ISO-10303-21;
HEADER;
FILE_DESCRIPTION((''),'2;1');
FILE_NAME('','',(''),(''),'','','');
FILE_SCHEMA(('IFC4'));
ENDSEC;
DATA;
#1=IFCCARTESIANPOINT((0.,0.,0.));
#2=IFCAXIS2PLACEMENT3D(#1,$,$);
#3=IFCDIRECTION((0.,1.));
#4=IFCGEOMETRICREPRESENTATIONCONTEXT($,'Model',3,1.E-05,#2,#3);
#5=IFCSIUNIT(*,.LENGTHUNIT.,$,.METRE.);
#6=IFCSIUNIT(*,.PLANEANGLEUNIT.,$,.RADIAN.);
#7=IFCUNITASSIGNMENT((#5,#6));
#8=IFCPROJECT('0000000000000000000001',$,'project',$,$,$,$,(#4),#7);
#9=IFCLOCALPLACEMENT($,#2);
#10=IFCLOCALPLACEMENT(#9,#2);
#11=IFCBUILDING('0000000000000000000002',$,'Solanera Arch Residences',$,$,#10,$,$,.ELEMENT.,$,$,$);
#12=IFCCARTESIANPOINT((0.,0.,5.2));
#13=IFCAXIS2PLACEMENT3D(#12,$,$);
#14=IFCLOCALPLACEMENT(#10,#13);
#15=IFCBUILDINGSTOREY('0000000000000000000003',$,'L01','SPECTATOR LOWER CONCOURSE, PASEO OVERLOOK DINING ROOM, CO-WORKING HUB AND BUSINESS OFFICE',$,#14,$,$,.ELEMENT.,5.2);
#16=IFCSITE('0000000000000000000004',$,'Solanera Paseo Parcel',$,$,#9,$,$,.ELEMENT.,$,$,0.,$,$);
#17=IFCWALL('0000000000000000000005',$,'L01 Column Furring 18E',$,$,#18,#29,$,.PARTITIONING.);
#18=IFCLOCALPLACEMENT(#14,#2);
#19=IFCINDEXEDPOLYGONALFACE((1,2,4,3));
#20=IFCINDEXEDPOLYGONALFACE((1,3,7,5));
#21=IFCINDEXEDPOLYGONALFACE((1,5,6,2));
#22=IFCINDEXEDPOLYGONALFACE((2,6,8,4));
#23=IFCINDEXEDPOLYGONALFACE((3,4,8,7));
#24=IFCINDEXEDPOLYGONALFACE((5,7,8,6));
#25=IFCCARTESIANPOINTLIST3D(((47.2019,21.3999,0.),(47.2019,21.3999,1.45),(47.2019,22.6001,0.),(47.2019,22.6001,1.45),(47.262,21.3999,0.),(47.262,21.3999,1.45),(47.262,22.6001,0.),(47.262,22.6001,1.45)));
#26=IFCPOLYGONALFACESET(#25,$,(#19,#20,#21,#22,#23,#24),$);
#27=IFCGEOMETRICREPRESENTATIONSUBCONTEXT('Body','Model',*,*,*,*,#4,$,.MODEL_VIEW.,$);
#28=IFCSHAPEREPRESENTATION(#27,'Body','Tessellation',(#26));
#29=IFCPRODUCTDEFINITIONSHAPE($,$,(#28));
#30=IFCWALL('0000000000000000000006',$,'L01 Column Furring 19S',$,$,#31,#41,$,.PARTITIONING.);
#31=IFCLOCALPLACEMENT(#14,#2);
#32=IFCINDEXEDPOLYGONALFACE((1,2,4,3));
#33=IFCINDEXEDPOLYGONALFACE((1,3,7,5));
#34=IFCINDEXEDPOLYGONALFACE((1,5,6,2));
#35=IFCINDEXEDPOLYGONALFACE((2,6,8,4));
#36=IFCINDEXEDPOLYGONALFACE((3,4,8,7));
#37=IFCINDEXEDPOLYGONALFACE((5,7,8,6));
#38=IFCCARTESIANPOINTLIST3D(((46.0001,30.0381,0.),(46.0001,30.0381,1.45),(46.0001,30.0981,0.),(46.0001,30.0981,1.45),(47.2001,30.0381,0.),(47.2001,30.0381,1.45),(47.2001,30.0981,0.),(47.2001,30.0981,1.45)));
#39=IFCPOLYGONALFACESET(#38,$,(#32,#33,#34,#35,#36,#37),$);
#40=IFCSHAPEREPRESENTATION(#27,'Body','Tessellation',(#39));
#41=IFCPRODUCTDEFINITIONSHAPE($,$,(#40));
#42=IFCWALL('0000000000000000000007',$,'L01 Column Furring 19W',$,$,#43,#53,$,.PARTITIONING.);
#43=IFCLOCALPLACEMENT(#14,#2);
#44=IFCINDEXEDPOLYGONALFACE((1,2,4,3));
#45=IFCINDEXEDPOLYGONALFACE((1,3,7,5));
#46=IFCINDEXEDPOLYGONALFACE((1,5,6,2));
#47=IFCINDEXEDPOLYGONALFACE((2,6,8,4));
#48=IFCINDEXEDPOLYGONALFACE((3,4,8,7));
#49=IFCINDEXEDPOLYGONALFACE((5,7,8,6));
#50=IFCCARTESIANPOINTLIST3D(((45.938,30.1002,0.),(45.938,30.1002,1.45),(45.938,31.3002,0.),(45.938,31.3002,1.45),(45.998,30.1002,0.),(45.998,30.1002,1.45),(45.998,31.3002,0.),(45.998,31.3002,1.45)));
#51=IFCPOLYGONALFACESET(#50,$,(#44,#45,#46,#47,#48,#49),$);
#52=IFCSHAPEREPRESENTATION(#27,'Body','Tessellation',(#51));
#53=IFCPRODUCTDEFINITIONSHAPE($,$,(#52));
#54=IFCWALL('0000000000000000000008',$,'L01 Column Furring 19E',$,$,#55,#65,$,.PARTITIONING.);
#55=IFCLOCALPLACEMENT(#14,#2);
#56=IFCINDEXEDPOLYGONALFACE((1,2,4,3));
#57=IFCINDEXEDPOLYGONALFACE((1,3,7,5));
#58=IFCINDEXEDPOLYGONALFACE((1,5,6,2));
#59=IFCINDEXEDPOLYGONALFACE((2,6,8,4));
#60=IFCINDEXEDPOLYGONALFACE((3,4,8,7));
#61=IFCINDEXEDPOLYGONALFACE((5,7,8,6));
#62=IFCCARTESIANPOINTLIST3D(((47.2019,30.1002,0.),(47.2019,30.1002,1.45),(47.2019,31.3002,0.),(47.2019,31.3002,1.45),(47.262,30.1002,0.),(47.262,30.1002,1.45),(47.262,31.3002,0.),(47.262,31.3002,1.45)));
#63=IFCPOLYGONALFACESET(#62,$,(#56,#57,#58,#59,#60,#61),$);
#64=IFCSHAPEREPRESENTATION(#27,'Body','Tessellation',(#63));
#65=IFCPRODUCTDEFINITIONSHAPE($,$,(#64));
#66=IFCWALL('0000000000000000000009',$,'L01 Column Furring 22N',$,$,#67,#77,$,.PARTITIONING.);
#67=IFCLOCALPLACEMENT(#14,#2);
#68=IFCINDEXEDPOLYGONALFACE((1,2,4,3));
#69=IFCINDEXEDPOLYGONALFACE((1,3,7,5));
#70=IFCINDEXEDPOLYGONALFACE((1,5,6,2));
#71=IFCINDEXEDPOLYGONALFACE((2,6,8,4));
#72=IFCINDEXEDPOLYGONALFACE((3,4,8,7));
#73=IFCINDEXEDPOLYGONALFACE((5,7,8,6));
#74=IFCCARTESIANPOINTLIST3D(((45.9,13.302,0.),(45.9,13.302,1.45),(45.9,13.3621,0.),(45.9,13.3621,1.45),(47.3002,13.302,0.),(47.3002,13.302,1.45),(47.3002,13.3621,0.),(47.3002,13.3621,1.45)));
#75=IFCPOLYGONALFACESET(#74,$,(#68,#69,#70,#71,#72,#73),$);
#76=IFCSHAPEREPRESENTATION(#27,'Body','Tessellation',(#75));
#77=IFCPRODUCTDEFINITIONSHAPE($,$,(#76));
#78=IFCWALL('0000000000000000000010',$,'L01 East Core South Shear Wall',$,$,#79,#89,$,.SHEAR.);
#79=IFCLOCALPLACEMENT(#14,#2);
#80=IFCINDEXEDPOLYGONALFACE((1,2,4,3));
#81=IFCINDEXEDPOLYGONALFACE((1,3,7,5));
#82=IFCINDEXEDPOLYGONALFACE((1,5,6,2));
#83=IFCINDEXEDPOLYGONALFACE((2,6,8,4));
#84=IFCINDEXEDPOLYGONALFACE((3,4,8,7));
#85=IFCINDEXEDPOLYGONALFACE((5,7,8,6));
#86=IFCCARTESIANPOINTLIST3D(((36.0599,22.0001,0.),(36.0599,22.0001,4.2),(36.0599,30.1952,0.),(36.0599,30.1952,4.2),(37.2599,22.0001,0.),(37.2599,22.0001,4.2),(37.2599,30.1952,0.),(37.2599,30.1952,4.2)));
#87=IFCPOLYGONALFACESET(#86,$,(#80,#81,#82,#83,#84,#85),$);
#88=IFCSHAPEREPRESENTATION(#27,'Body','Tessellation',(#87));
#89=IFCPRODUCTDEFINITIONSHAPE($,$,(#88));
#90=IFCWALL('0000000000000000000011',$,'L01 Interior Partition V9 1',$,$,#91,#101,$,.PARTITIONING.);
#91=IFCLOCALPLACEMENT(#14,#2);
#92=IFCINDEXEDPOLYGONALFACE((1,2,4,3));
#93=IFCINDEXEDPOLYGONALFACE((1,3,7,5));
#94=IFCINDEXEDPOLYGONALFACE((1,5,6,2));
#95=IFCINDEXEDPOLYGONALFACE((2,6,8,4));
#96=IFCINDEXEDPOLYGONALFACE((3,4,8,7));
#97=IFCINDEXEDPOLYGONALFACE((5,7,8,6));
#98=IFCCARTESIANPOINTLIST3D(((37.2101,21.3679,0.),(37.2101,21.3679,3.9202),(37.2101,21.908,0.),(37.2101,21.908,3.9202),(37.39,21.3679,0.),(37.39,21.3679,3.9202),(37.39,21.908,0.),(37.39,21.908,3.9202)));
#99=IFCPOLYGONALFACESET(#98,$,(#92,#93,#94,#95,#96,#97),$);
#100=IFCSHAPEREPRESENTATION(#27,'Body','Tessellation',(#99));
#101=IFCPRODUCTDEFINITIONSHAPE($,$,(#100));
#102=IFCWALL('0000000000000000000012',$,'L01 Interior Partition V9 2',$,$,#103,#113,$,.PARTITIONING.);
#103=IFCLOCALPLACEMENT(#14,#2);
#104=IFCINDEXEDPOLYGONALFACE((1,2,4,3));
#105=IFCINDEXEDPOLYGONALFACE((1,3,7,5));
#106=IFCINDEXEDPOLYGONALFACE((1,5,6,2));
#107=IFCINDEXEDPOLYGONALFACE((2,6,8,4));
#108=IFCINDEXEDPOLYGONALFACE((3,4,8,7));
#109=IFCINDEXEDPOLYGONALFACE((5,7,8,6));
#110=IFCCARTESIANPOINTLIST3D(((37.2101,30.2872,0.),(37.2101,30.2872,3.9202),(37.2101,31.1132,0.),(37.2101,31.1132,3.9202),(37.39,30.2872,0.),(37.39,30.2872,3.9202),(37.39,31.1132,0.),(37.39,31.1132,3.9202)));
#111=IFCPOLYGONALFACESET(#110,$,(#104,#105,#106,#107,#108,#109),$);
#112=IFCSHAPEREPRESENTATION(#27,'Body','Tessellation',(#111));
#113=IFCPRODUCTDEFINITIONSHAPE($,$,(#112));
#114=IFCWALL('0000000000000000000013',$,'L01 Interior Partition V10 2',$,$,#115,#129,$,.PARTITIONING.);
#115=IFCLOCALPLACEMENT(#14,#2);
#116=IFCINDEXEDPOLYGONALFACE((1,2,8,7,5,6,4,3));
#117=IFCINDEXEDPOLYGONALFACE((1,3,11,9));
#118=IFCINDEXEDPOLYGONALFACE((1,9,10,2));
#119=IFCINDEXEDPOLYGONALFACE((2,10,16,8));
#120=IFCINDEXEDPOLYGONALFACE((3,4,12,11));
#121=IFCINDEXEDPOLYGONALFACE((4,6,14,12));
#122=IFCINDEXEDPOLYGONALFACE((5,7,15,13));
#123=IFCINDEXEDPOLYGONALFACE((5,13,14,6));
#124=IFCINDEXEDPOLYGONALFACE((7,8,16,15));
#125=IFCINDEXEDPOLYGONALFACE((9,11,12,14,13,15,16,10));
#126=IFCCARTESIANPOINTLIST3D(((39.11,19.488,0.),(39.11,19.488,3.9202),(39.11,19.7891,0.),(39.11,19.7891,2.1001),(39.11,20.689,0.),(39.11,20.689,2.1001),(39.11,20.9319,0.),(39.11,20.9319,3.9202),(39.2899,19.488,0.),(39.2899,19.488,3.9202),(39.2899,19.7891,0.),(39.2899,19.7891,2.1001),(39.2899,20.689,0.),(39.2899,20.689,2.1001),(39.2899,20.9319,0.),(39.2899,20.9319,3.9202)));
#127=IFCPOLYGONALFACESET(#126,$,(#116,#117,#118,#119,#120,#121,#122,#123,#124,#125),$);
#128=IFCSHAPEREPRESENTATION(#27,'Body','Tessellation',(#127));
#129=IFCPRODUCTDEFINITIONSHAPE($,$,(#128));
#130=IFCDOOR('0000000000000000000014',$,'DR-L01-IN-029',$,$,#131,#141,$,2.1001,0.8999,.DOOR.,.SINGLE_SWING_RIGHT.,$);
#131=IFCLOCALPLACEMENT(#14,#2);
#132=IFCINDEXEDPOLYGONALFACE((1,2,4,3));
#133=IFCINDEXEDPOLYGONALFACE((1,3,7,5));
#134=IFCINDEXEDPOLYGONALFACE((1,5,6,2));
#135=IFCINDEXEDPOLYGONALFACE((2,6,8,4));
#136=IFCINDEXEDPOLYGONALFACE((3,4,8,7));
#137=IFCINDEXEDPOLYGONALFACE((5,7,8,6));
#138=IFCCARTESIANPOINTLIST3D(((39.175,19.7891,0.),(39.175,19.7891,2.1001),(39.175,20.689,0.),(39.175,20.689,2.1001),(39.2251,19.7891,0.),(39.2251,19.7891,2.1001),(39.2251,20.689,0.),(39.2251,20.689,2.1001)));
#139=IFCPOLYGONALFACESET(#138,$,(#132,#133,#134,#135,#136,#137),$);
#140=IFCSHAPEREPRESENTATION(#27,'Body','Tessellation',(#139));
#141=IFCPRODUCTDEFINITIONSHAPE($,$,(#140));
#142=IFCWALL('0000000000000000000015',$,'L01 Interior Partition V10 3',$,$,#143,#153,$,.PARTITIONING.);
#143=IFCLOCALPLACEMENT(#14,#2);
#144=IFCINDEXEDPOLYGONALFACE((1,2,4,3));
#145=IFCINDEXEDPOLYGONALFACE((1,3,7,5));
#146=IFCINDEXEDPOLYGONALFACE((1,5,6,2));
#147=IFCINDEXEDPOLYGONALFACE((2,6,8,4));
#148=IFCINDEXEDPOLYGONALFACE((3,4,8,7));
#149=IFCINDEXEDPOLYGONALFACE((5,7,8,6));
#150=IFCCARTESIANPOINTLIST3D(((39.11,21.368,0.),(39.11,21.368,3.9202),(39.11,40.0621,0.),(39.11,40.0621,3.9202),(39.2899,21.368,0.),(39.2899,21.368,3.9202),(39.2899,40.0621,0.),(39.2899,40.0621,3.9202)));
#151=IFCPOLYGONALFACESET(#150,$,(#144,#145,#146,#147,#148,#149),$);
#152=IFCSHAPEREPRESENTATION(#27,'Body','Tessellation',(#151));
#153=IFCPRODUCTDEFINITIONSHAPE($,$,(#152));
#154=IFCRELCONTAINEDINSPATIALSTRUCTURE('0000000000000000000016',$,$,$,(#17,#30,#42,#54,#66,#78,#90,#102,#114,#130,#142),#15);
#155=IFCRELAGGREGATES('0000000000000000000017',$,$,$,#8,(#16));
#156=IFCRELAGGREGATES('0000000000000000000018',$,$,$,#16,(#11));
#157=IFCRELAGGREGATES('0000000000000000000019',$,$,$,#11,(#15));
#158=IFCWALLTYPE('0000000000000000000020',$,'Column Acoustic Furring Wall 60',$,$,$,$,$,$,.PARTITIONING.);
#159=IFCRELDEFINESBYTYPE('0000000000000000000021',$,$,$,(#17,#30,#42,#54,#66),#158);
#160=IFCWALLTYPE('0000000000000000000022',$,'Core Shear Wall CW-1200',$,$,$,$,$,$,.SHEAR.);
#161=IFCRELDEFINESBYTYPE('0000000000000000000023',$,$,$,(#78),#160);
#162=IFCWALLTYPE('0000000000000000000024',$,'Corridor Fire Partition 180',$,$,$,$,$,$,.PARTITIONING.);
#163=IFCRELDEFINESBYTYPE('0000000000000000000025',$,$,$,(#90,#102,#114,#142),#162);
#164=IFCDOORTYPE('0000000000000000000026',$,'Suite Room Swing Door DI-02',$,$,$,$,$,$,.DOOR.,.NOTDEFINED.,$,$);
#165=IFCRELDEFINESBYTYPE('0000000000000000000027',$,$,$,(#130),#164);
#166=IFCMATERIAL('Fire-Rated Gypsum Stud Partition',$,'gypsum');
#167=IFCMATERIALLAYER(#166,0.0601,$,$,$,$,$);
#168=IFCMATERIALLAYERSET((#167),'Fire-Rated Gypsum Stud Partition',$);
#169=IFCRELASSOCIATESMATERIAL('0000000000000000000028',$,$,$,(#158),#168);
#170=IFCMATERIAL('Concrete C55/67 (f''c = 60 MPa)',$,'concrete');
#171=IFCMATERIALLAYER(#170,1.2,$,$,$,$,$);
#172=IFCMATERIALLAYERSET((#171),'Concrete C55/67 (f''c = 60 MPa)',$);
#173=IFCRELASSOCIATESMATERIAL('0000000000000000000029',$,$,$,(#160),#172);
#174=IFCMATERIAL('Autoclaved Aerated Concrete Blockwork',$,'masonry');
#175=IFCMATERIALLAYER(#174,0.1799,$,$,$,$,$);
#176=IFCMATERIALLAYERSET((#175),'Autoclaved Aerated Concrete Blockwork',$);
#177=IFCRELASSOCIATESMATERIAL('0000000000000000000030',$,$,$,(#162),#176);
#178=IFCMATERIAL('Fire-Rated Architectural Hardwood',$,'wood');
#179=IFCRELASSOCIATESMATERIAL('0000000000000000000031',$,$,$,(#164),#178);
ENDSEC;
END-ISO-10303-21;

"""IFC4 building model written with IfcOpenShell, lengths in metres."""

from ifc_helpers import new_model, si_unit, direction, frame, frame_2d, origin, place, context, subcontext, project, spatial, rectangle, extrude, material, layer, layer_set, type_object, element, fill, save


model = new_model("IFC4")

# Units and contexts
model_context = context("Model", 3, precision=1e-05, world=origin(), true_north=direction((0.0, 1.0)))
body_context = subcontext(model_context, "Body", "Model", "MODEL_VIEW")
ifc_project = project(units=[si_unit("LENGTHUNIT", "METRE"), si_unit("PLANEANGLEUNIT", "RADIAN")], contexts=[model_context])

# Site, building, storey
site_placement = place(None, origin())
site = spatial("IfcSite", under=ifc_project, at=site_placement, Name="Solanera Paseo Parcel", CompositionType="ELEMENT", RefElevation=0.0)
building_placement = place(site_placement, origin())
building = spatial("IfcBuilding", under=site, at=building_placement, Name="Solanera Arch Residences", CompositionType="ELEMENT")
storey_placement = place(building_placement, frame((0.0, 0.0, 5.2)))
storey = spatial("IfcBuildingStorey", under=building, at=storey_placement, Name="L01", Description="SPECTATOR LOWER CONCOURSE, PASEO OVERLOOK DINING ROOM, CO-WORKING HUB AND BUSINESS OFFICE", CompositionType="ELEMENT", Elevation=5.2)

# Walls
ifc_material_1 = material(Name="Fire-Rated Gypsum Stud Partition", Category="gypsum")
ifc_layer_1 = layer(ifc_material_1, 0.0601)
ifc_layer_set_1 = layer_set([ifc_layer_1], Name="Fire-Rated Gypsum Stud Partition")
wall_type_1 = type_object("IfcWallType", Name="Column Acoustic Furring Wall 60", PredefinedType="PARTITIONING", material=ifc_layer_set_1)
for number, where, z_axis, x_axis, name in (
    (1, (47.2319, 21.3999, 0.0), (0.0, 0.0, 1.0), (0.0, 1.0, 0.0), "L01 Column Furring 18E"),
):
    element("IfcWall", number, at=place(storey_placement, frame(where, z_axis=z_axis, x_axis=x_axis)), inside=storey, type_object=wall_type_1, Name=name, PredefinedType="PARTITIONING", context=body_context, shape_type="SweptSolid", body=[
        extrude(rectangle(XDim=1.2002, YDim=0.0601, at=frame_2d((0.6001, 0.0))), origin(), (0.0, 0.0, 1.0), 1.45),
    ])
for number, where, z_axis, x_axis, name in (
    (2, (46.0, 30.0681, 0.0), (0.0, 0.0, 1.0), (1.0, 0.0, 0.0), "L01 Column Furring 19S"),
    (3, (45.968, 30.1001, 0.0), (0.0, 0.0, 1.0), (0.0, 1.0, 0.0), "L01 Column Furring 19W"),
    (4, (47.2319, 30.1001, 0.0), (0.0, 0.0, 1.0), (0.0, 1.0, 0.0), "L01 Column Furring 19E"),
):
    element("IfcWall", number, at=place(storey_placement, frame(where, z_axis=z_axis, x_axis=x_axis)), inside=storey, type_object=wall_type_1, Name=name, PredefinedType="PARTITIONING", context=body_context, shape_type="SweptSolid", body=[
        extrude(rectangle(XDim=1.2, YDim=0.0601, at=frame_2d((0.6001, 0.0))), origin(), (0.0, 0.0, 1.0), 1.45),
    ])
wall_1_placement = place(storey_placement, frame((45.8999, 13.332, 0.0), z_axis=(0.0, 0.0, 1.0), x_axis=(1.0, 0.0, 0.0)))
element("IfcWall", 5, at=wall_1_placement, inside=storey, type_object=wall_type_1, Name="L01 Column Furring 22N", PredefinedType="PARTITIONING", context=body_context, shape_type="SweptSolid", body=[
    extrude(rectangle(XDim=1.4001, YDim=0.0601, at=frame_2d((0.7002, 0.0))), origin(), (0.0, 0.0, 1.0), 1.45),
])
ifc_material_2 = material(Name="Concrete C55/67 (f'c = 60 MPa)", Category="concrete")
ifc_layer_2 = layer(ifc_material_2, 1.2)
ifc_layer_set_2 = layer_set([ifc_layer_2], Name="Concrete C55/67 (f'c = 60 MPa)")
wall_type_2 = type_object("IfcWallType", Name="Core Shear Wall CW-1200", PredefinedType="SHEAR", material=ifc_layer_set_2)
wall_2_placement = place(storey_placement, frame((36.6599, 22.0, 0.0), z_axis=(0.0, 0.0, 1.0), x_axis=(0.0, 1.0, 0.0)))
element("IfcWall", 6, at=wall_2_placement, inside=storey, type_object=wall_type_2, Name="L01 East Core South Shear Wall", PredefinedType="SHEAR", context=body_context, shape_type="SweptSolid", body=[
    extrude(rectangle(XDim=8.1951, YDim=1.2, at=frame_2d((4.0977, 0.0))), origin(), (0.0, 0.0, 1.0), 4.2),
])
ifc_material_3 = material(Name="Autoclaved Aerated Concrete Blockwork", Category="masonry")
ifc_layer_3 = layer(ifc_material_3, 0.1799)
ifc_layer_set_3 = layer_set([ifc_layer_3], Name="Autoclaved Aerated Concrete Blockwork")
wall_type_3 = type_object("IfcWallType", Name="Corridor Fire Partition 180", PredefinedType="PARTITIONING", material=ifc_layer_set_3)
wall_3_placement = place(storey_placement, frame((37.3, 21.3679, 0.0), z_axis=(0.0, 0.0, 1.0), x_axis=(0.0, 1.0, 0.0)))
element("IfcWall", 7, at=wall_3_placement, inside=storey, type_object=wall_type_3, Name="L01 Interior Partition V9 1", PredefinedType="PARTITIONING", context=body_context, shape_type="SweptSolid", body=[
    extrude(rectangle(XDim=0.54, YDim=0.1799, at=frame_2d((0.27, 0.0))), origin(), (0.0, 0.0, 1.0), 3.9202),
])
wall_4_placement = place(storey_placement, frame((37.3, 30.2871, 0.0), z_axis=(0.0, 0.0, 1.0), x_axis=(0.0, 1.0, 0.0)))
element("IfcWall", 8, at=wall_4_placement, inside=storey, type_object=wall_type_3, Name="L01 Interior Partition V9 2", PredefinedType="PARTITIONING", context=body_context, shape_type="SweptSolid", body=[
    extrude(rectangle(XDim=0.8259, YDim=0.1799, at=frame_2d((0.4131, 0.0))), origin(), (0.0, 0.0, 1.0), 3.9202),
])

# Wall, opening, door
wall_5_placement = place(storey_placement, frame((39.2, 19.488, 0.0), z_axis=(0.0, 0.0, 1.0), x_axis=(0.0, 1.0, 0.0)))
wall_5 = element("IfcWall", 9, at=wall_5_placement, inside=storey, type_object=wall_type_3, Name="L01 Interior Partition V10 2", PredefinedType="PARTITIONING", context=body_context, shape_type="SweptSolid", body=[
    extrude(rectangle(XDim=1.4438, YDim=0.1799, at=frame_2d((0.7219, 0.0))), origin(), (0.0, 0.0, 1.0), 3.9202),
])
opening_placement = place(wall_5_placement, frame((0.301, 0.0, 0.0)))
opening = element("IfcOpeningElement", 10, at=opening_placement, cuts=wall_5, PredefinedType="OPENING", context=body_context, shape_type="SweptSolid", body=[
    extrude(rectangle(XDim=0.8999, YDim=2.1001, at=frame_2d((0.45, 1.05))), frame((0.0, 0.1001, 0.0), z_axis=(0.0, -1.0, 0.0), x_axis=(1.0, 0.0, 0.0)), (0.0, 0.0, 1.0), 0.1999),
])
ifc_material_4 = material(Name="Fire-Rated Architectural Hardwood", Category="wood")
door_type = type_object("IfcDoorType", Name="Suite Room Swing Door DI-02", OperationType="NOTDEFINED", PredefinedType="DOOR", material=ifc_material_4)
door_placement = place(opening_placement, origin())
door = element("IfcDoor", 11, at=door_placement, inside=storey, type_object=door_type, Name="DR-L01-IN-029", OperationType="SINGLE_SWING_RIGHT", OverallHeight=2.1001, OverallWidth=0.8999, PredefinedType="DOOR", context=body_context, shape_type="SweptSolid", body=[
    extrude(rectangle(XDim=0.8999, YDim=2.1001, at=frame_2d((0.45, 1.05))), frame((0.0, 0.0249, 0.0), z_axis=(0.0, -1.0, 0.0), x_axis=(1.0, 0.0, 0.0)), (0.0, 0.0, 1.0), 0.05),
])
fill(opening, door)

# Wall
wall_6_placement = place(storey_placement, frame((39.2, 21.3679, 0.0), z_axis=(0.0, 0.0, 1.0), x_axis=(0.0, 1.0, 0.0)))
element("IfcWall", 12, at=wall_6_placement, inside=storey, type_object=wall_type_3, Name="L01 Interior Partition V10 3", PredefinedType="PARTITIONING", context=body_context, shape_type="SweptSolid", body=[
    extrude(rectangle(XDim=18.6941, YDim=0.1799, at=frame_2d((9.3472, 0.0))), origin(), (0.0, 0.0, 1.0), 3.9202),
])

save(model, "model.ifc")
